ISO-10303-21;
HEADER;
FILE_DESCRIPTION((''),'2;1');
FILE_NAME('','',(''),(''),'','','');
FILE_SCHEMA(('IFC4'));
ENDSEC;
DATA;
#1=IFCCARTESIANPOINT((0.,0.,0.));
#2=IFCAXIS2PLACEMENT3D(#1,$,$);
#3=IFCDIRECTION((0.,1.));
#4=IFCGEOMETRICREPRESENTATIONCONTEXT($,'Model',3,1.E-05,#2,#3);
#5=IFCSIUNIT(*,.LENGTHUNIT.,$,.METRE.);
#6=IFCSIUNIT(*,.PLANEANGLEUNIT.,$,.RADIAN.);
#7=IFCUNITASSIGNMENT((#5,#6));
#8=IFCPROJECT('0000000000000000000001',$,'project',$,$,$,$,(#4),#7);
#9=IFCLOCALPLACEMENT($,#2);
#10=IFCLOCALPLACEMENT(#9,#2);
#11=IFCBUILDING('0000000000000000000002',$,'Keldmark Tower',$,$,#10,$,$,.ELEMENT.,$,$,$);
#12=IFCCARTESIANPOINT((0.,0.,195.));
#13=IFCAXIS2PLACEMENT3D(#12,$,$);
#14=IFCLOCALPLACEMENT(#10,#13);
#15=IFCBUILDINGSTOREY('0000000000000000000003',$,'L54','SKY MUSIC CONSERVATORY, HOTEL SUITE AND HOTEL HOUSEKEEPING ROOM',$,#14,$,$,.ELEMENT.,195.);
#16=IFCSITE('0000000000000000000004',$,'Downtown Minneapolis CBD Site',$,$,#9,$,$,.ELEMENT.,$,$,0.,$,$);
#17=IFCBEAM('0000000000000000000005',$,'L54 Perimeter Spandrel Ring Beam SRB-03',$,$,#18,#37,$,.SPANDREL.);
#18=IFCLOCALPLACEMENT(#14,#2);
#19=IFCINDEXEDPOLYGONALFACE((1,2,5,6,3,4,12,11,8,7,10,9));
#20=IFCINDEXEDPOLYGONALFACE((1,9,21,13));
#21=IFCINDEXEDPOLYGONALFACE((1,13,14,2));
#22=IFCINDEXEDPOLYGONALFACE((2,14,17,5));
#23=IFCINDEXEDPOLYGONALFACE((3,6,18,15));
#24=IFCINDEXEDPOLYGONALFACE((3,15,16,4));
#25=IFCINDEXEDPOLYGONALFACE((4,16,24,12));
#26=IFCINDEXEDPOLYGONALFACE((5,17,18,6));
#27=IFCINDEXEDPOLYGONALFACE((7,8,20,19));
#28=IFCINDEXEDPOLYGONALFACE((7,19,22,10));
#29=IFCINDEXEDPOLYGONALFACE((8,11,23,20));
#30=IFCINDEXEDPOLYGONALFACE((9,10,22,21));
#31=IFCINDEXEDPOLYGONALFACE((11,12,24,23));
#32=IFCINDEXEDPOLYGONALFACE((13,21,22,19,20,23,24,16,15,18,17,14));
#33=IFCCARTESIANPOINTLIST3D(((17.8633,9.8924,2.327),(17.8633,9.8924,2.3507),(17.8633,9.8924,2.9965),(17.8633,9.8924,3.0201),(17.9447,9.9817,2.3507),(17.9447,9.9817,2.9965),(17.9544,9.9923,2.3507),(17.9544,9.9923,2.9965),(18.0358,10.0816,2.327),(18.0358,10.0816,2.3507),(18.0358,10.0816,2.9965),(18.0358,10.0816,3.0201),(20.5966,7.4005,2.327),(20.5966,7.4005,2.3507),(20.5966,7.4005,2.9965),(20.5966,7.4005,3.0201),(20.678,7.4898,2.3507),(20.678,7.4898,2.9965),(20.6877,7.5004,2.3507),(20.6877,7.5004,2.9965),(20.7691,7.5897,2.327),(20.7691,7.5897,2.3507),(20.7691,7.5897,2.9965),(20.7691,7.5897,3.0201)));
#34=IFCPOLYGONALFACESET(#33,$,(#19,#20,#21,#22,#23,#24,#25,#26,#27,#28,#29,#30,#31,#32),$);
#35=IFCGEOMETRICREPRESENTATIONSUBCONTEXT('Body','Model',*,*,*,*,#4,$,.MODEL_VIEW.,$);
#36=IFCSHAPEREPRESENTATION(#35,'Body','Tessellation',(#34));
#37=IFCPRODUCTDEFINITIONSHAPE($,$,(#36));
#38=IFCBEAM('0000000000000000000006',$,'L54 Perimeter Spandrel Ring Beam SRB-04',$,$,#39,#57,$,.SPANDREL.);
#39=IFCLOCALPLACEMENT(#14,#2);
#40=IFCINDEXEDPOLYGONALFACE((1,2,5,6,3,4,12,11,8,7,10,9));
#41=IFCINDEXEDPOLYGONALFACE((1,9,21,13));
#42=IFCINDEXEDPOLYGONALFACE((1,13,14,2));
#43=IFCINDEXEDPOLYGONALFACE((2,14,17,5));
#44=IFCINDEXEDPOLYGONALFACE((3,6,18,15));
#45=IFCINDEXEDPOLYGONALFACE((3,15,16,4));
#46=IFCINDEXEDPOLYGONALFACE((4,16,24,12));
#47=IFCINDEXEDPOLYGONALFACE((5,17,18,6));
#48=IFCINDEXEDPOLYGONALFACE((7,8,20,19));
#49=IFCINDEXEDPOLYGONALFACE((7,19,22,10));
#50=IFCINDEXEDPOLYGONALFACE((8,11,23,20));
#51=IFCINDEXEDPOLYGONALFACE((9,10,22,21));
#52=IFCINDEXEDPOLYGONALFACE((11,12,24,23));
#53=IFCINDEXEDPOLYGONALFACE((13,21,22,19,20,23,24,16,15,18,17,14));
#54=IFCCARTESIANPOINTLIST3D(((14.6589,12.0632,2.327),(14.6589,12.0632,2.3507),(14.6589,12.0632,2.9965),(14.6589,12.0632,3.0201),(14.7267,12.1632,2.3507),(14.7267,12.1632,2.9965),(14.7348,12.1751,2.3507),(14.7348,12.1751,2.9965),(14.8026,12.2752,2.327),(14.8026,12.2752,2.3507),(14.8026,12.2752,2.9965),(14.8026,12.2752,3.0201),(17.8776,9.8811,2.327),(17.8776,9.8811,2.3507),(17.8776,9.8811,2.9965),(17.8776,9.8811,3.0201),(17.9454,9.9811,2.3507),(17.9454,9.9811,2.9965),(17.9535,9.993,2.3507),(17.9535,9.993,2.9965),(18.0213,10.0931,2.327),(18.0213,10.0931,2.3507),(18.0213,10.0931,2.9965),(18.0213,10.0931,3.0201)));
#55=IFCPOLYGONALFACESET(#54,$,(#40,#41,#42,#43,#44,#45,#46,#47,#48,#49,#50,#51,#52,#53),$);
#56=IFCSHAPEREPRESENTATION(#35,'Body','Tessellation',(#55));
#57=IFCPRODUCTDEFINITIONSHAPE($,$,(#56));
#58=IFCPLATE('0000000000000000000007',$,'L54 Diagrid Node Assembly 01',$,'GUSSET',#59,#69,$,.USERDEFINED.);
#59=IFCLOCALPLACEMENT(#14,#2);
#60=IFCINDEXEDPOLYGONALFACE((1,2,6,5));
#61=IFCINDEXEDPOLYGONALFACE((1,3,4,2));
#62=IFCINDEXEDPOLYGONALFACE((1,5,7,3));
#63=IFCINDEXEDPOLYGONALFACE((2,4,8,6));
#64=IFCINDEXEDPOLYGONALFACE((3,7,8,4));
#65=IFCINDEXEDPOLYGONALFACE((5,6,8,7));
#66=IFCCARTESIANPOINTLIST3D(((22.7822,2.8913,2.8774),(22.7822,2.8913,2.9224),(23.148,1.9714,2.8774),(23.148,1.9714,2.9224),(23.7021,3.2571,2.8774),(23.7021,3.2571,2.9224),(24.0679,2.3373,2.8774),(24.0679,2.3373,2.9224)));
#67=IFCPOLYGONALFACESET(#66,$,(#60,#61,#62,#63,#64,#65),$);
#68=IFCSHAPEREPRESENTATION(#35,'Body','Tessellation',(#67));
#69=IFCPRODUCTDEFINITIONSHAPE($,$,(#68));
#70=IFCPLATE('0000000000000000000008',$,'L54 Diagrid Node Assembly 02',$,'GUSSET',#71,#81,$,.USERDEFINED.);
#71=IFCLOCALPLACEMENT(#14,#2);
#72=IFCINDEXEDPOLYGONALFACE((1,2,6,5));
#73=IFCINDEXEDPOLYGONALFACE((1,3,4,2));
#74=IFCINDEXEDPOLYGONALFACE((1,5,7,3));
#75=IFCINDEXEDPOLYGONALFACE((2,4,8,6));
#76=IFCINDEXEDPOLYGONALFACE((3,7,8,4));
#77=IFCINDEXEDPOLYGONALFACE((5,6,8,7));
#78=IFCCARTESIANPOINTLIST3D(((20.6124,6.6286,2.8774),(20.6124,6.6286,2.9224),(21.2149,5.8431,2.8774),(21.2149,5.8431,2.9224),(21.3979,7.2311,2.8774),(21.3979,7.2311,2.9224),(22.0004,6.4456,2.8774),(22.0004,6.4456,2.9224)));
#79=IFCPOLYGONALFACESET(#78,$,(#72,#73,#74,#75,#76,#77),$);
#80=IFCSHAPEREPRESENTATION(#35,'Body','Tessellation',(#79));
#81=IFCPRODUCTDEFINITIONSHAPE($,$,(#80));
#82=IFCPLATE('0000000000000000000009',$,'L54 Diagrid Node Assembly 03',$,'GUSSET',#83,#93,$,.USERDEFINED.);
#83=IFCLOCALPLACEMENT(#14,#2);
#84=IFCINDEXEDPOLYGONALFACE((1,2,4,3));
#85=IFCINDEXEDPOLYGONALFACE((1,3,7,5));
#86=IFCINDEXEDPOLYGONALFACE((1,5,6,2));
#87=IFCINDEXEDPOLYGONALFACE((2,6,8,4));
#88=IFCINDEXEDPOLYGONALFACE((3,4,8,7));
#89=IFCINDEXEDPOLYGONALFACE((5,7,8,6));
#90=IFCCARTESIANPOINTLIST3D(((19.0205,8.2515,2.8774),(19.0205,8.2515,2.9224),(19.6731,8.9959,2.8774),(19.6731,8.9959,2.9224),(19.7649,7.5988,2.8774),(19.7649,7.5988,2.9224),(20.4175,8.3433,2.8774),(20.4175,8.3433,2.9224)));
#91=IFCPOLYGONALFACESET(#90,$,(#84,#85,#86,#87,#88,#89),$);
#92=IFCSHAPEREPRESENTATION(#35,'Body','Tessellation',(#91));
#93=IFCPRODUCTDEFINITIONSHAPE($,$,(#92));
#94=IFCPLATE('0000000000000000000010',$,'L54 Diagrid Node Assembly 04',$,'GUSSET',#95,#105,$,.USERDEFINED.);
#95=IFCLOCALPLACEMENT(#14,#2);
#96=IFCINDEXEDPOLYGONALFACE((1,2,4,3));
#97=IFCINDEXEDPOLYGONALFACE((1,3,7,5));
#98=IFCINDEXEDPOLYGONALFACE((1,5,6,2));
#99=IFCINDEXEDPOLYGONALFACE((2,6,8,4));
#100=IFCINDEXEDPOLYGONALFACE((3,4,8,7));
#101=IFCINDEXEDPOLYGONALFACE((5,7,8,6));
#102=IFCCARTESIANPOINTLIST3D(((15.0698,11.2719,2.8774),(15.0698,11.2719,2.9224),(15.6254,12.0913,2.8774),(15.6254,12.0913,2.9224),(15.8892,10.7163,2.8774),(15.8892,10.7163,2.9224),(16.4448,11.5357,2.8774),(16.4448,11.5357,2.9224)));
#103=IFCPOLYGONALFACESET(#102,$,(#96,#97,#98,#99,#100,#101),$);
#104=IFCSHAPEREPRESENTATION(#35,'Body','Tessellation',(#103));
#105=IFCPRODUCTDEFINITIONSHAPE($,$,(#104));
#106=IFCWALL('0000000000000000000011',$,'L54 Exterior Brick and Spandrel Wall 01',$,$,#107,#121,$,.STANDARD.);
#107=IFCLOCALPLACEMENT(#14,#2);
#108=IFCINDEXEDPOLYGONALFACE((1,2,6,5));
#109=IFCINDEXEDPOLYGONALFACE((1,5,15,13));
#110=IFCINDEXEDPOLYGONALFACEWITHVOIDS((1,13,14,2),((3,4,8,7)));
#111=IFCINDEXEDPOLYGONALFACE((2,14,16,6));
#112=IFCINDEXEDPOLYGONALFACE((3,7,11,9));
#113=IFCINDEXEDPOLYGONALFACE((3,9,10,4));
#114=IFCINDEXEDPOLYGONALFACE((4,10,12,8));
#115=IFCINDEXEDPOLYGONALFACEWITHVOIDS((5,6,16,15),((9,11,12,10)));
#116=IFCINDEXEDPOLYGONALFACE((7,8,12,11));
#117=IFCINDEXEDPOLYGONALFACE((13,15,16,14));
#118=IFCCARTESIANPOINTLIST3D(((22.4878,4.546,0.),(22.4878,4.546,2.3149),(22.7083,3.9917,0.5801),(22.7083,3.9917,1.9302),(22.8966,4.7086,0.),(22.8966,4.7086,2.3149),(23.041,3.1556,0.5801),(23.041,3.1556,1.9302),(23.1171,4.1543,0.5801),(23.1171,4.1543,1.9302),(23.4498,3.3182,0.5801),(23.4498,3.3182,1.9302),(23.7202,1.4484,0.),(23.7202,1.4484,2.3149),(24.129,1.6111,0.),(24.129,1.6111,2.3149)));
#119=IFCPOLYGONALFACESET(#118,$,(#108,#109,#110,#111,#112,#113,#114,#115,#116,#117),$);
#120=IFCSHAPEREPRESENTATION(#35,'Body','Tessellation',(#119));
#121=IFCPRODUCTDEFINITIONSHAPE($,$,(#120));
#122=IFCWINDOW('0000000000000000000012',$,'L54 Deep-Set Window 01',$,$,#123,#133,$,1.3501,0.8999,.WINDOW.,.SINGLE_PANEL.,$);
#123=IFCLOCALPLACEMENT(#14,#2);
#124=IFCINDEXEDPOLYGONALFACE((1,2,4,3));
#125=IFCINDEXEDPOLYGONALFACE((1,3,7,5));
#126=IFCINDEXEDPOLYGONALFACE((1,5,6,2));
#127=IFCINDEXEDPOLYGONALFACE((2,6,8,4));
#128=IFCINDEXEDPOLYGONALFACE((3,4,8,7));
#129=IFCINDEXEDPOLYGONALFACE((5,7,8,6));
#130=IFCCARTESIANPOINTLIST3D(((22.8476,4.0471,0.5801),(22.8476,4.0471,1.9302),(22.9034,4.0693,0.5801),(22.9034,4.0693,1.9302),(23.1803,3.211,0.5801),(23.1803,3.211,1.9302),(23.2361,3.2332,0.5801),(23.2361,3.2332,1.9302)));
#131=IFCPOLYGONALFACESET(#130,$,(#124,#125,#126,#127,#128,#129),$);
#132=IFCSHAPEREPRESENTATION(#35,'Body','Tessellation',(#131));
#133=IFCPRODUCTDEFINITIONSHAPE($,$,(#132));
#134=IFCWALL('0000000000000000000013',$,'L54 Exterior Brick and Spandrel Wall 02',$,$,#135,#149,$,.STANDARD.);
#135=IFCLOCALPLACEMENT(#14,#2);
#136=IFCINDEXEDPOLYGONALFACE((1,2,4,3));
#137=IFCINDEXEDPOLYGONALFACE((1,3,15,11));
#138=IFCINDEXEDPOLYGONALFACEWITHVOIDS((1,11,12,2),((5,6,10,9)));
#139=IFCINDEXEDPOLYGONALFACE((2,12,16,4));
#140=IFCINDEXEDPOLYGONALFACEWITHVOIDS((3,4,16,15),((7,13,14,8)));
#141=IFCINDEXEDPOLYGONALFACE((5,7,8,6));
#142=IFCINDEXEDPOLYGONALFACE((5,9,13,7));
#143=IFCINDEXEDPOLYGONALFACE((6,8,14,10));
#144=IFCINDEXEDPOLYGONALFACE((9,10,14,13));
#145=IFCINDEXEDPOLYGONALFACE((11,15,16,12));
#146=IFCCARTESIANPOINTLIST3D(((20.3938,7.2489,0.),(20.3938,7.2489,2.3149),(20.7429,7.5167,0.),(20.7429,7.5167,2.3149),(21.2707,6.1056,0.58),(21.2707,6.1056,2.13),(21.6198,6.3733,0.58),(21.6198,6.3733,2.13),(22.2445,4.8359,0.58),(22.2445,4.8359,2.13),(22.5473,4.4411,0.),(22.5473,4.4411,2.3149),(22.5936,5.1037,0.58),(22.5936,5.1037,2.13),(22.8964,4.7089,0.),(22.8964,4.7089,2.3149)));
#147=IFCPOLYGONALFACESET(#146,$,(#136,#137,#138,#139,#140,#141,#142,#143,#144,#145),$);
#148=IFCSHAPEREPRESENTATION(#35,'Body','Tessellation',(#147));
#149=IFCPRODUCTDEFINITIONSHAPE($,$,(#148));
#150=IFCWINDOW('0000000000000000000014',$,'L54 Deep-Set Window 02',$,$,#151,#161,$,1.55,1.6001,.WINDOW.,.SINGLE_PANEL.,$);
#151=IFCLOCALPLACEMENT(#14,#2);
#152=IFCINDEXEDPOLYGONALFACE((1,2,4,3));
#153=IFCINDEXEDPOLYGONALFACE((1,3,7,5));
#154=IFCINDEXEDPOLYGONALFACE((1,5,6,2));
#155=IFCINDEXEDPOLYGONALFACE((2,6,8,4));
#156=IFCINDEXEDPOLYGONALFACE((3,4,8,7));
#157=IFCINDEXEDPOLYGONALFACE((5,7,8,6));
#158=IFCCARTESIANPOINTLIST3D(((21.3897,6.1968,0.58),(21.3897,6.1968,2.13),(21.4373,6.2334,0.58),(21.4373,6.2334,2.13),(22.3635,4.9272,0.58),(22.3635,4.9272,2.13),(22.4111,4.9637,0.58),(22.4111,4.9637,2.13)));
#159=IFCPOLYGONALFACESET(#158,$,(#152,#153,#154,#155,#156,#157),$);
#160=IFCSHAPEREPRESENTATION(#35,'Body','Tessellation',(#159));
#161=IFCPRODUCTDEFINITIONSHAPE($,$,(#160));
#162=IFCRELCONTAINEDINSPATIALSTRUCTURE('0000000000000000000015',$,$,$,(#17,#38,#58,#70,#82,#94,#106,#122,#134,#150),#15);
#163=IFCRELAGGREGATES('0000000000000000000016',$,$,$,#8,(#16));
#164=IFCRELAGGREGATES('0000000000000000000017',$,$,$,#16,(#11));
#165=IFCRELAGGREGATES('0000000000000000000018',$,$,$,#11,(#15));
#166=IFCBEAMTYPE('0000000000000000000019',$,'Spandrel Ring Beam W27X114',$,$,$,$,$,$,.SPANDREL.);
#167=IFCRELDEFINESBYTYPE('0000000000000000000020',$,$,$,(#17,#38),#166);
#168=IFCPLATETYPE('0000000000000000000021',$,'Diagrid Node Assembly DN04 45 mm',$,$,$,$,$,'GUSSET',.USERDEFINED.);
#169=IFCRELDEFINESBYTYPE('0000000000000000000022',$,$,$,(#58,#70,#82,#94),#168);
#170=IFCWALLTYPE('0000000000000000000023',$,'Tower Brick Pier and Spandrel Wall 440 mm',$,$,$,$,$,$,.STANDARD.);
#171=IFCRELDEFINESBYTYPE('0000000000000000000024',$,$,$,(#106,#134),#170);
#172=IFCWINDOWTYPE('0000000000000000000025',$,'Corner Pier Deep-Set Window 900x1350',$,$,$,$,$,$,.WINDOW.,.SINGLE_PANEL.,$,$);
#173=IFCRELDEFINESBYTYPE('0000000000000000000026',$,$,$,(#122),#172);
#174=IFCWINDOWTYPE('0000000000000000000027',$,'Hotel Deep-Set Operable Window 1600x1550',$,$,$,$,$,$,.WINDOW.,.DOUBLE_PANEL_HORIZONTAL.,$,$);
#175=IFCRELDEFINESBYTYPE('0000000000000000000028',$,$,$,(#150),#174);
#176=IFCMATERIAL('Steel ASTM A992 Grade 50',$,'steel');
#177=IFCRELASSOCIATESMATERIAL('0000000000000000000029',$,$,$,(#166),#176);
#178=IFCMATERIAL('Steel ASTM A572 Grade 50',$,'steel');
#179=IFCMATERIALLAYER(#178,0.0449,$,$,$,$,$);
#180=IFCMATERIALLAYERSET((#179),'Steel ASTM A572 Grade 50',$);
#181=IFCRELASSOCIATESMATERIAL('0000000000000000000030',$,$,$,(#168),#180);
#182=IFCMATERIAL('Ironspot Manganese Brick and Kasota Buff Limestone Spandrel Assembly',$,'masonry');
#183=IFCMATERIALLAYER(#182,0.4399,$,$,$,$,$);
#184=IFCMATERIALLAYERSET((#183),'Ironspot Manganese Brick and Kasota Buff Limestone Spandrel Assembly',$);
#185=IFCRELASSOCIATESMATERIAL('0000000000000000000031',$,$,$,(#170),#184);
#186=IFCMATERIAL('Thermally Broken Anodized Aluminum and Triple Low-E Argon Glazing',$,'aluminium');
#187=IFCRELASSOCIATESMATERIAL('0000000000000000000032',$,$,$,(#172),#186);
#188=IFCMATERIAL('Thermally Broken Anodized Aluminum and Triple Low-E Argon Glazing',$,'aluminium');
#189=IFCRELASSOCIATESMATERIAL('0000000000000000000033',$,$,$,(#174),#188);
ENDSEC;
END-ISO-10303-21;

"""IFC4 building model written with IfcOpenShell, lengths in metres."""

from ifc_helpers import new_model, si_unit, direction, frame, frame_2d, origin, origin_2d, place, context, subcontext, project, spatial, rectangle, i_section, extrude, material, layer, layer_set, material_profile, profile_set, type_object, element, fill, save


model = new_model("IFC4")

# Units and contexts
model_context = context("Model", 3, precision=1e-05, world=origin(), true_north=direction((0.0, 1.0)))
body_context = subcontext(model_context, "Body", "Model", "MODEL_VIEW")
ifc_project = project(units=[si_unit("LENGTHUNIT", "METRE"), si_unit("PLANEANGLEUNIT", "RADIAN")], contexts=[model_context])

# Site, building, storey
site_placement = place(None, origin())
site = spatial("IfcSite", under=ifc_project, at=site_placement, Name="Downtown Minneapolis CBD Site", CompositionType="ELEMENT", RefElevation=0.0)
building_placement = place(site_placement, origin())
building = spatial("IfcBuilding", under=site, at=building_placement, Name="Keldmark Tower", CompositionType="ELEMENT")
storey_placement = place(building_placement, frame((0.0, 0.0, 195.0)))
storey = spatial("IfcBuildingStorey", under=building, at=storey_placement, Name="L54", Description="SKY MUSIC CONSERVATORY, HOTEL SUITE AND HOTEL HOUSEKEEPING ROOM", CompositionType="ELEMENT", Elevation=195.0)

# Beams
ifc_material_1 = material(Name="Steel ASTM A992 Grade 50", Category="steel")
ifc_material_profile_1 = material_profile(ifc_material_1, i_section(OverallWidth=0.2561, OverallDepth=0.6931, WebThickness=0.0144, FlangeThickness=0.0237, at=origin_2d()), Name="W27X114")
ifc_profile_set_1 = profile_set([ifc_material_profile_1], Name="Steel ASTM A992 Grade 50")
beam_type_1 = type_object("IfcBeamType", Name="Spandrel Ring Beam W27X114", PredefinedType="SPANDREL", material=ifc_profile_set_1)
beam_1_placement = place(storey_placement, frame((20.6829, 7.4951, 2.6736), z_axis=(-0.738993, 0.673714, 0.0), x_axis=(-0.673714, -0.738993, 0.0)))
element("IfcBeam", 1, at=beam_1_placement, inside=storey, type_object=beam_type_1, Name="L54 Perimeter Spandrel Ring Beam SRB-03", PredefinedType="SPANDREL", context=body_context, shape_type="SweptSolid", body=[
    extrude(i_section(OverallWidth=0.2561, OverallDepth=0.6931, WebThickness=0.0144, FlangeThickness=0.0237, at=origin_2d()), origin(), (0.0, 0.0, 1.0), 3.6987),
])
beam_2_placement = place(storey_placement, frame((17.9495, 9.9871, 2.6736), z_axis=(-0.827717, 0.561145, 0.0), x_axis=(-0.561145, -0.827717, 0.0)))
element("IfcBeam", 2, at=beam_2_placement, inside=storey, type_object=beam_type_1, Name="L54 Perimeter Spandrel Ring Beam SRB-04", PredefinedType="SPANDREL", context=body_context, shape_type="SweptSolid", body=[
    extrude(i_section(OverallWidth=0.2561, OverallDepth=0.6931, WebThickness=0.0144, FlangeThickness=0.0237, at=origin_2d()), origin(), (0.0, 0.0, 1.0), 3.8887),
])

# Plates
ifc_material_2 = material(Name="Steel ASTM A572 Grade 50", Category="steel")
ifc_layer_1 = layer(ifc_material_2, 0.0449)
ifc_layer_set_1 = layer_set([ifc_layer_1], Name="Steel ASTM A572 Grade 50")
plate_type = type_object("IfcPlateType", Name="Diagrid Node Assembly DN04 45 mm", ElementType="GUSSET", PredefinedType="USERDEFINED", material=ifc_layer_set_1)
for number, where, z_axis, x_axis, name in (
    (3, (23.425, 2.6143, 2.8774), (0.0, 0.0, 1.0), (-0.369585, 0.929197, 0.0), "L54 Diagrid Node Assembly 01"),
    (4, (21.3064, 6.5371, 2.8774), (0.0, 0.0, 1.0), (-0.608623, 0.79346, 0.0), "L54 Diagrid Node Assembly 02"),
    (5, (19.719, 8.2974, 2.8774), (0.0, 0.0, 1.0), (-0.751955, 0.659215, 0.0), "L54 Diagrid Node Assembly 03"),
    (6, (15.7573, 11.4038, 2.8774), (0.0, 0.0, 1.0), (-0.827669, 0.561217, 0.0), "L54 Diagrid Node Assembly 04"),
):
    element("IfcPlate", number, at=place(storey_placement, frame(where, z_axis=z_axis, x_axis=x_axis)), inside=storey, type_object=plate_type, Name=name, ObjectType="GUSSET", PredefinedType="USERDEFINED", context=body_context, shape_type="SweptSolid", body=[
        extrude(rectangle(XDim=0.99, YDim=0.99, at=origin_2d()), origin(), (0.0, 0.0, 1.0), 0.0449),
    ])

# Walls, openings, windows
ifc_material_3 = material(Name="Ironspot Manganese Brick and Kasota Buff Limestone Spandrel Assembly", Category="masonry")
ifc_layer_2 = layer(ifc_material_3, 0.4399)
ifc_layer_set_2 = layer_set([ifc_layer_2], Name="Ironspot Manganese Brick and Kasota Buff Limestone Spandrel Assembly")
wall_type = type_object("IfcWallType", Name="Tower Brick Pier and Spandrel Wall 440 mm", PredefinedType="STANDARD", material=ifc_layer_set_2)
wall_1_placement = place(storey_placement, frame((22.6921, 4.6274, 0.0), z_axis=(0.0, 0.0, 1.0), x_axis=(0.369673, -0.929162, 0.0)))
wall_1 = element("IfcWall", 7, at=wall_1_placement, inside=storey, type_object=wall_type, Name="L54 Exterior Brick and Spandrel Wall 01", PredefinedType="STANDARD", context=body_context, shape_type="SweptSolid", body=[
    extrude(rectangle(XDim=3.3337, YDim=0.4399, at=frame_2d((1.667, 0.0))), origin(), (0.0, 0.0, 1.0), 2.3149),
])
opening_1_placement = place(wall_1_placement, frame((0.5967, 0.0, 0.5801)))
opening_1 = element("IfcOpeningElement", 8, at=opening_1_placement, cuts=wall_1, PredefinedType="OPENING", context=body_context, shape_type="SweptSolid", body=[
    extrude(rectangle(XDim=0.8999, YDim=1.3501, at=frame_2d((0.45, 0.675))), frame((0.0, 0.23, 0.0), z_axis=(0.0, -1.0, 0.0), x_axis=(1.0, 0.0, 0.0)), (0.0, 0.0, 1.0), 0.46),
])
ifc_material_4 = material(Name="Thermally Broken Anodized Aluminum and Triple Low-E Argon Glazing", Category="aluminium")
window_type_1 = type_object("IfcWindowType", Name="Corner Pier Deep-Set Window 900x1350", PartitioningType="SINGLE_PANEL", PredefinedType="WINDOW", material=ifc_material_4)
window_1_placement = place(opening_1_placement, origin())
window_1 = element("IfcWindow", 9, at=window_1_placement, inside=storey, type_object=window_type_1, Name="L54 Deep-Set Window 01", OverallHeight=1.3501, OverallWidth=0.8999, PartitioningType="SINGLE_PANEL", PredefinedType="WINDOW", context=body_context, shape_type="SweptSolid", body=[
    extrude(rectangle(XDim=0.8999, YDim=1.3501, at=frame_2d((0.45, 0.675))), frame((0.0, -0.01, 0.0), z_axis=(0.0, -1.0, 0.0), x_axis=(1.0, 0.0, 0.0)), (0.0, 0.0, 1.0), 0.0601),
])
fill(opening_1, window_1)
wall_2_placement = place(storey_placement, frame((20.5684, 7.3828, 0.0), z_axis=(0.0, 0.0, 1.0), x_axis=(0.608587, -0.793488, 0.0)))
wall_2 = element("IfcWall", 10, at=wall_2_placement, inside=storey, type_object=wall_type, Name="L54 Exterior Brick and Spandrel Wall 02", PredefinedType="STANDARD", context=body_context, shape_type="SweptSolid", body=[
    extrude(rectangle(XDim=3.5386, YDim=0.4399, at=frame_2d((1.7693, 0.0))), origin(), (0.0, 0.0, 1.0), 2.3149),
])
opening_2_placement = place(wall_2_placement, frame((1.4409, 0.0, 0.5801)))
opening_2 = element("IfcOpeningElement", 11, at=opening_2_placement, cuts=wall_2, PredefinedType="OPENING", context=body_context, shape_type="SweptSolid", body=[
    extrude(rectangle(XDim=1.6001, YDim=1.55, at=frame_2d((0.8, 0.7749))), frame((0.0, 0.23, 0.0), z_axis=(0.0, -1.0, 0.0), x_axis=(1.0, 0.0, 0.0)), (0.0, 0.0, 1.0), 0.46),
])
ifc_material_5 = material(Name="Thermally Broken Anodized Aluminum and Triple Low-E Argon Glazing", Category="aluminium")
window_type_2 = type_object("IfcWindowType", Name="Hotel Deep-Set Operable Window 1600x1550", PartitioningType="DOUBLE_PANEL_HORIZONTAL", PredefinedType="WINDOW", material=ifc_material_5)
window_2_placement = place(opening_2_placement, origin())
window_2 = element("IfcWindow", 12, at=window_2_placement, inside=storey, type_object=window_type_2, Name="L54 Deep-Set Window 02", OverallHeight=1.55, OverallWidth=1.6001, PartitioningType="SINGLE_PANEL", PredefinedType="WINDOW", context=body_context, shape_type="SweptSolid", body=[
    extrude(rectangle(XDim=1.6001, YDim=1.55, at=frame_2d((0.8, 0.7749))), frame((0.0, -0.01, 0.0), z_axis=(0.0, -1.0, 0.0), x_axis=(1.0, 0.0, 0.0)), (0.0, 0.0, 1.0), 0.0601),
])
fill(opening_2, window_2)

save(model, "model.ifc")
